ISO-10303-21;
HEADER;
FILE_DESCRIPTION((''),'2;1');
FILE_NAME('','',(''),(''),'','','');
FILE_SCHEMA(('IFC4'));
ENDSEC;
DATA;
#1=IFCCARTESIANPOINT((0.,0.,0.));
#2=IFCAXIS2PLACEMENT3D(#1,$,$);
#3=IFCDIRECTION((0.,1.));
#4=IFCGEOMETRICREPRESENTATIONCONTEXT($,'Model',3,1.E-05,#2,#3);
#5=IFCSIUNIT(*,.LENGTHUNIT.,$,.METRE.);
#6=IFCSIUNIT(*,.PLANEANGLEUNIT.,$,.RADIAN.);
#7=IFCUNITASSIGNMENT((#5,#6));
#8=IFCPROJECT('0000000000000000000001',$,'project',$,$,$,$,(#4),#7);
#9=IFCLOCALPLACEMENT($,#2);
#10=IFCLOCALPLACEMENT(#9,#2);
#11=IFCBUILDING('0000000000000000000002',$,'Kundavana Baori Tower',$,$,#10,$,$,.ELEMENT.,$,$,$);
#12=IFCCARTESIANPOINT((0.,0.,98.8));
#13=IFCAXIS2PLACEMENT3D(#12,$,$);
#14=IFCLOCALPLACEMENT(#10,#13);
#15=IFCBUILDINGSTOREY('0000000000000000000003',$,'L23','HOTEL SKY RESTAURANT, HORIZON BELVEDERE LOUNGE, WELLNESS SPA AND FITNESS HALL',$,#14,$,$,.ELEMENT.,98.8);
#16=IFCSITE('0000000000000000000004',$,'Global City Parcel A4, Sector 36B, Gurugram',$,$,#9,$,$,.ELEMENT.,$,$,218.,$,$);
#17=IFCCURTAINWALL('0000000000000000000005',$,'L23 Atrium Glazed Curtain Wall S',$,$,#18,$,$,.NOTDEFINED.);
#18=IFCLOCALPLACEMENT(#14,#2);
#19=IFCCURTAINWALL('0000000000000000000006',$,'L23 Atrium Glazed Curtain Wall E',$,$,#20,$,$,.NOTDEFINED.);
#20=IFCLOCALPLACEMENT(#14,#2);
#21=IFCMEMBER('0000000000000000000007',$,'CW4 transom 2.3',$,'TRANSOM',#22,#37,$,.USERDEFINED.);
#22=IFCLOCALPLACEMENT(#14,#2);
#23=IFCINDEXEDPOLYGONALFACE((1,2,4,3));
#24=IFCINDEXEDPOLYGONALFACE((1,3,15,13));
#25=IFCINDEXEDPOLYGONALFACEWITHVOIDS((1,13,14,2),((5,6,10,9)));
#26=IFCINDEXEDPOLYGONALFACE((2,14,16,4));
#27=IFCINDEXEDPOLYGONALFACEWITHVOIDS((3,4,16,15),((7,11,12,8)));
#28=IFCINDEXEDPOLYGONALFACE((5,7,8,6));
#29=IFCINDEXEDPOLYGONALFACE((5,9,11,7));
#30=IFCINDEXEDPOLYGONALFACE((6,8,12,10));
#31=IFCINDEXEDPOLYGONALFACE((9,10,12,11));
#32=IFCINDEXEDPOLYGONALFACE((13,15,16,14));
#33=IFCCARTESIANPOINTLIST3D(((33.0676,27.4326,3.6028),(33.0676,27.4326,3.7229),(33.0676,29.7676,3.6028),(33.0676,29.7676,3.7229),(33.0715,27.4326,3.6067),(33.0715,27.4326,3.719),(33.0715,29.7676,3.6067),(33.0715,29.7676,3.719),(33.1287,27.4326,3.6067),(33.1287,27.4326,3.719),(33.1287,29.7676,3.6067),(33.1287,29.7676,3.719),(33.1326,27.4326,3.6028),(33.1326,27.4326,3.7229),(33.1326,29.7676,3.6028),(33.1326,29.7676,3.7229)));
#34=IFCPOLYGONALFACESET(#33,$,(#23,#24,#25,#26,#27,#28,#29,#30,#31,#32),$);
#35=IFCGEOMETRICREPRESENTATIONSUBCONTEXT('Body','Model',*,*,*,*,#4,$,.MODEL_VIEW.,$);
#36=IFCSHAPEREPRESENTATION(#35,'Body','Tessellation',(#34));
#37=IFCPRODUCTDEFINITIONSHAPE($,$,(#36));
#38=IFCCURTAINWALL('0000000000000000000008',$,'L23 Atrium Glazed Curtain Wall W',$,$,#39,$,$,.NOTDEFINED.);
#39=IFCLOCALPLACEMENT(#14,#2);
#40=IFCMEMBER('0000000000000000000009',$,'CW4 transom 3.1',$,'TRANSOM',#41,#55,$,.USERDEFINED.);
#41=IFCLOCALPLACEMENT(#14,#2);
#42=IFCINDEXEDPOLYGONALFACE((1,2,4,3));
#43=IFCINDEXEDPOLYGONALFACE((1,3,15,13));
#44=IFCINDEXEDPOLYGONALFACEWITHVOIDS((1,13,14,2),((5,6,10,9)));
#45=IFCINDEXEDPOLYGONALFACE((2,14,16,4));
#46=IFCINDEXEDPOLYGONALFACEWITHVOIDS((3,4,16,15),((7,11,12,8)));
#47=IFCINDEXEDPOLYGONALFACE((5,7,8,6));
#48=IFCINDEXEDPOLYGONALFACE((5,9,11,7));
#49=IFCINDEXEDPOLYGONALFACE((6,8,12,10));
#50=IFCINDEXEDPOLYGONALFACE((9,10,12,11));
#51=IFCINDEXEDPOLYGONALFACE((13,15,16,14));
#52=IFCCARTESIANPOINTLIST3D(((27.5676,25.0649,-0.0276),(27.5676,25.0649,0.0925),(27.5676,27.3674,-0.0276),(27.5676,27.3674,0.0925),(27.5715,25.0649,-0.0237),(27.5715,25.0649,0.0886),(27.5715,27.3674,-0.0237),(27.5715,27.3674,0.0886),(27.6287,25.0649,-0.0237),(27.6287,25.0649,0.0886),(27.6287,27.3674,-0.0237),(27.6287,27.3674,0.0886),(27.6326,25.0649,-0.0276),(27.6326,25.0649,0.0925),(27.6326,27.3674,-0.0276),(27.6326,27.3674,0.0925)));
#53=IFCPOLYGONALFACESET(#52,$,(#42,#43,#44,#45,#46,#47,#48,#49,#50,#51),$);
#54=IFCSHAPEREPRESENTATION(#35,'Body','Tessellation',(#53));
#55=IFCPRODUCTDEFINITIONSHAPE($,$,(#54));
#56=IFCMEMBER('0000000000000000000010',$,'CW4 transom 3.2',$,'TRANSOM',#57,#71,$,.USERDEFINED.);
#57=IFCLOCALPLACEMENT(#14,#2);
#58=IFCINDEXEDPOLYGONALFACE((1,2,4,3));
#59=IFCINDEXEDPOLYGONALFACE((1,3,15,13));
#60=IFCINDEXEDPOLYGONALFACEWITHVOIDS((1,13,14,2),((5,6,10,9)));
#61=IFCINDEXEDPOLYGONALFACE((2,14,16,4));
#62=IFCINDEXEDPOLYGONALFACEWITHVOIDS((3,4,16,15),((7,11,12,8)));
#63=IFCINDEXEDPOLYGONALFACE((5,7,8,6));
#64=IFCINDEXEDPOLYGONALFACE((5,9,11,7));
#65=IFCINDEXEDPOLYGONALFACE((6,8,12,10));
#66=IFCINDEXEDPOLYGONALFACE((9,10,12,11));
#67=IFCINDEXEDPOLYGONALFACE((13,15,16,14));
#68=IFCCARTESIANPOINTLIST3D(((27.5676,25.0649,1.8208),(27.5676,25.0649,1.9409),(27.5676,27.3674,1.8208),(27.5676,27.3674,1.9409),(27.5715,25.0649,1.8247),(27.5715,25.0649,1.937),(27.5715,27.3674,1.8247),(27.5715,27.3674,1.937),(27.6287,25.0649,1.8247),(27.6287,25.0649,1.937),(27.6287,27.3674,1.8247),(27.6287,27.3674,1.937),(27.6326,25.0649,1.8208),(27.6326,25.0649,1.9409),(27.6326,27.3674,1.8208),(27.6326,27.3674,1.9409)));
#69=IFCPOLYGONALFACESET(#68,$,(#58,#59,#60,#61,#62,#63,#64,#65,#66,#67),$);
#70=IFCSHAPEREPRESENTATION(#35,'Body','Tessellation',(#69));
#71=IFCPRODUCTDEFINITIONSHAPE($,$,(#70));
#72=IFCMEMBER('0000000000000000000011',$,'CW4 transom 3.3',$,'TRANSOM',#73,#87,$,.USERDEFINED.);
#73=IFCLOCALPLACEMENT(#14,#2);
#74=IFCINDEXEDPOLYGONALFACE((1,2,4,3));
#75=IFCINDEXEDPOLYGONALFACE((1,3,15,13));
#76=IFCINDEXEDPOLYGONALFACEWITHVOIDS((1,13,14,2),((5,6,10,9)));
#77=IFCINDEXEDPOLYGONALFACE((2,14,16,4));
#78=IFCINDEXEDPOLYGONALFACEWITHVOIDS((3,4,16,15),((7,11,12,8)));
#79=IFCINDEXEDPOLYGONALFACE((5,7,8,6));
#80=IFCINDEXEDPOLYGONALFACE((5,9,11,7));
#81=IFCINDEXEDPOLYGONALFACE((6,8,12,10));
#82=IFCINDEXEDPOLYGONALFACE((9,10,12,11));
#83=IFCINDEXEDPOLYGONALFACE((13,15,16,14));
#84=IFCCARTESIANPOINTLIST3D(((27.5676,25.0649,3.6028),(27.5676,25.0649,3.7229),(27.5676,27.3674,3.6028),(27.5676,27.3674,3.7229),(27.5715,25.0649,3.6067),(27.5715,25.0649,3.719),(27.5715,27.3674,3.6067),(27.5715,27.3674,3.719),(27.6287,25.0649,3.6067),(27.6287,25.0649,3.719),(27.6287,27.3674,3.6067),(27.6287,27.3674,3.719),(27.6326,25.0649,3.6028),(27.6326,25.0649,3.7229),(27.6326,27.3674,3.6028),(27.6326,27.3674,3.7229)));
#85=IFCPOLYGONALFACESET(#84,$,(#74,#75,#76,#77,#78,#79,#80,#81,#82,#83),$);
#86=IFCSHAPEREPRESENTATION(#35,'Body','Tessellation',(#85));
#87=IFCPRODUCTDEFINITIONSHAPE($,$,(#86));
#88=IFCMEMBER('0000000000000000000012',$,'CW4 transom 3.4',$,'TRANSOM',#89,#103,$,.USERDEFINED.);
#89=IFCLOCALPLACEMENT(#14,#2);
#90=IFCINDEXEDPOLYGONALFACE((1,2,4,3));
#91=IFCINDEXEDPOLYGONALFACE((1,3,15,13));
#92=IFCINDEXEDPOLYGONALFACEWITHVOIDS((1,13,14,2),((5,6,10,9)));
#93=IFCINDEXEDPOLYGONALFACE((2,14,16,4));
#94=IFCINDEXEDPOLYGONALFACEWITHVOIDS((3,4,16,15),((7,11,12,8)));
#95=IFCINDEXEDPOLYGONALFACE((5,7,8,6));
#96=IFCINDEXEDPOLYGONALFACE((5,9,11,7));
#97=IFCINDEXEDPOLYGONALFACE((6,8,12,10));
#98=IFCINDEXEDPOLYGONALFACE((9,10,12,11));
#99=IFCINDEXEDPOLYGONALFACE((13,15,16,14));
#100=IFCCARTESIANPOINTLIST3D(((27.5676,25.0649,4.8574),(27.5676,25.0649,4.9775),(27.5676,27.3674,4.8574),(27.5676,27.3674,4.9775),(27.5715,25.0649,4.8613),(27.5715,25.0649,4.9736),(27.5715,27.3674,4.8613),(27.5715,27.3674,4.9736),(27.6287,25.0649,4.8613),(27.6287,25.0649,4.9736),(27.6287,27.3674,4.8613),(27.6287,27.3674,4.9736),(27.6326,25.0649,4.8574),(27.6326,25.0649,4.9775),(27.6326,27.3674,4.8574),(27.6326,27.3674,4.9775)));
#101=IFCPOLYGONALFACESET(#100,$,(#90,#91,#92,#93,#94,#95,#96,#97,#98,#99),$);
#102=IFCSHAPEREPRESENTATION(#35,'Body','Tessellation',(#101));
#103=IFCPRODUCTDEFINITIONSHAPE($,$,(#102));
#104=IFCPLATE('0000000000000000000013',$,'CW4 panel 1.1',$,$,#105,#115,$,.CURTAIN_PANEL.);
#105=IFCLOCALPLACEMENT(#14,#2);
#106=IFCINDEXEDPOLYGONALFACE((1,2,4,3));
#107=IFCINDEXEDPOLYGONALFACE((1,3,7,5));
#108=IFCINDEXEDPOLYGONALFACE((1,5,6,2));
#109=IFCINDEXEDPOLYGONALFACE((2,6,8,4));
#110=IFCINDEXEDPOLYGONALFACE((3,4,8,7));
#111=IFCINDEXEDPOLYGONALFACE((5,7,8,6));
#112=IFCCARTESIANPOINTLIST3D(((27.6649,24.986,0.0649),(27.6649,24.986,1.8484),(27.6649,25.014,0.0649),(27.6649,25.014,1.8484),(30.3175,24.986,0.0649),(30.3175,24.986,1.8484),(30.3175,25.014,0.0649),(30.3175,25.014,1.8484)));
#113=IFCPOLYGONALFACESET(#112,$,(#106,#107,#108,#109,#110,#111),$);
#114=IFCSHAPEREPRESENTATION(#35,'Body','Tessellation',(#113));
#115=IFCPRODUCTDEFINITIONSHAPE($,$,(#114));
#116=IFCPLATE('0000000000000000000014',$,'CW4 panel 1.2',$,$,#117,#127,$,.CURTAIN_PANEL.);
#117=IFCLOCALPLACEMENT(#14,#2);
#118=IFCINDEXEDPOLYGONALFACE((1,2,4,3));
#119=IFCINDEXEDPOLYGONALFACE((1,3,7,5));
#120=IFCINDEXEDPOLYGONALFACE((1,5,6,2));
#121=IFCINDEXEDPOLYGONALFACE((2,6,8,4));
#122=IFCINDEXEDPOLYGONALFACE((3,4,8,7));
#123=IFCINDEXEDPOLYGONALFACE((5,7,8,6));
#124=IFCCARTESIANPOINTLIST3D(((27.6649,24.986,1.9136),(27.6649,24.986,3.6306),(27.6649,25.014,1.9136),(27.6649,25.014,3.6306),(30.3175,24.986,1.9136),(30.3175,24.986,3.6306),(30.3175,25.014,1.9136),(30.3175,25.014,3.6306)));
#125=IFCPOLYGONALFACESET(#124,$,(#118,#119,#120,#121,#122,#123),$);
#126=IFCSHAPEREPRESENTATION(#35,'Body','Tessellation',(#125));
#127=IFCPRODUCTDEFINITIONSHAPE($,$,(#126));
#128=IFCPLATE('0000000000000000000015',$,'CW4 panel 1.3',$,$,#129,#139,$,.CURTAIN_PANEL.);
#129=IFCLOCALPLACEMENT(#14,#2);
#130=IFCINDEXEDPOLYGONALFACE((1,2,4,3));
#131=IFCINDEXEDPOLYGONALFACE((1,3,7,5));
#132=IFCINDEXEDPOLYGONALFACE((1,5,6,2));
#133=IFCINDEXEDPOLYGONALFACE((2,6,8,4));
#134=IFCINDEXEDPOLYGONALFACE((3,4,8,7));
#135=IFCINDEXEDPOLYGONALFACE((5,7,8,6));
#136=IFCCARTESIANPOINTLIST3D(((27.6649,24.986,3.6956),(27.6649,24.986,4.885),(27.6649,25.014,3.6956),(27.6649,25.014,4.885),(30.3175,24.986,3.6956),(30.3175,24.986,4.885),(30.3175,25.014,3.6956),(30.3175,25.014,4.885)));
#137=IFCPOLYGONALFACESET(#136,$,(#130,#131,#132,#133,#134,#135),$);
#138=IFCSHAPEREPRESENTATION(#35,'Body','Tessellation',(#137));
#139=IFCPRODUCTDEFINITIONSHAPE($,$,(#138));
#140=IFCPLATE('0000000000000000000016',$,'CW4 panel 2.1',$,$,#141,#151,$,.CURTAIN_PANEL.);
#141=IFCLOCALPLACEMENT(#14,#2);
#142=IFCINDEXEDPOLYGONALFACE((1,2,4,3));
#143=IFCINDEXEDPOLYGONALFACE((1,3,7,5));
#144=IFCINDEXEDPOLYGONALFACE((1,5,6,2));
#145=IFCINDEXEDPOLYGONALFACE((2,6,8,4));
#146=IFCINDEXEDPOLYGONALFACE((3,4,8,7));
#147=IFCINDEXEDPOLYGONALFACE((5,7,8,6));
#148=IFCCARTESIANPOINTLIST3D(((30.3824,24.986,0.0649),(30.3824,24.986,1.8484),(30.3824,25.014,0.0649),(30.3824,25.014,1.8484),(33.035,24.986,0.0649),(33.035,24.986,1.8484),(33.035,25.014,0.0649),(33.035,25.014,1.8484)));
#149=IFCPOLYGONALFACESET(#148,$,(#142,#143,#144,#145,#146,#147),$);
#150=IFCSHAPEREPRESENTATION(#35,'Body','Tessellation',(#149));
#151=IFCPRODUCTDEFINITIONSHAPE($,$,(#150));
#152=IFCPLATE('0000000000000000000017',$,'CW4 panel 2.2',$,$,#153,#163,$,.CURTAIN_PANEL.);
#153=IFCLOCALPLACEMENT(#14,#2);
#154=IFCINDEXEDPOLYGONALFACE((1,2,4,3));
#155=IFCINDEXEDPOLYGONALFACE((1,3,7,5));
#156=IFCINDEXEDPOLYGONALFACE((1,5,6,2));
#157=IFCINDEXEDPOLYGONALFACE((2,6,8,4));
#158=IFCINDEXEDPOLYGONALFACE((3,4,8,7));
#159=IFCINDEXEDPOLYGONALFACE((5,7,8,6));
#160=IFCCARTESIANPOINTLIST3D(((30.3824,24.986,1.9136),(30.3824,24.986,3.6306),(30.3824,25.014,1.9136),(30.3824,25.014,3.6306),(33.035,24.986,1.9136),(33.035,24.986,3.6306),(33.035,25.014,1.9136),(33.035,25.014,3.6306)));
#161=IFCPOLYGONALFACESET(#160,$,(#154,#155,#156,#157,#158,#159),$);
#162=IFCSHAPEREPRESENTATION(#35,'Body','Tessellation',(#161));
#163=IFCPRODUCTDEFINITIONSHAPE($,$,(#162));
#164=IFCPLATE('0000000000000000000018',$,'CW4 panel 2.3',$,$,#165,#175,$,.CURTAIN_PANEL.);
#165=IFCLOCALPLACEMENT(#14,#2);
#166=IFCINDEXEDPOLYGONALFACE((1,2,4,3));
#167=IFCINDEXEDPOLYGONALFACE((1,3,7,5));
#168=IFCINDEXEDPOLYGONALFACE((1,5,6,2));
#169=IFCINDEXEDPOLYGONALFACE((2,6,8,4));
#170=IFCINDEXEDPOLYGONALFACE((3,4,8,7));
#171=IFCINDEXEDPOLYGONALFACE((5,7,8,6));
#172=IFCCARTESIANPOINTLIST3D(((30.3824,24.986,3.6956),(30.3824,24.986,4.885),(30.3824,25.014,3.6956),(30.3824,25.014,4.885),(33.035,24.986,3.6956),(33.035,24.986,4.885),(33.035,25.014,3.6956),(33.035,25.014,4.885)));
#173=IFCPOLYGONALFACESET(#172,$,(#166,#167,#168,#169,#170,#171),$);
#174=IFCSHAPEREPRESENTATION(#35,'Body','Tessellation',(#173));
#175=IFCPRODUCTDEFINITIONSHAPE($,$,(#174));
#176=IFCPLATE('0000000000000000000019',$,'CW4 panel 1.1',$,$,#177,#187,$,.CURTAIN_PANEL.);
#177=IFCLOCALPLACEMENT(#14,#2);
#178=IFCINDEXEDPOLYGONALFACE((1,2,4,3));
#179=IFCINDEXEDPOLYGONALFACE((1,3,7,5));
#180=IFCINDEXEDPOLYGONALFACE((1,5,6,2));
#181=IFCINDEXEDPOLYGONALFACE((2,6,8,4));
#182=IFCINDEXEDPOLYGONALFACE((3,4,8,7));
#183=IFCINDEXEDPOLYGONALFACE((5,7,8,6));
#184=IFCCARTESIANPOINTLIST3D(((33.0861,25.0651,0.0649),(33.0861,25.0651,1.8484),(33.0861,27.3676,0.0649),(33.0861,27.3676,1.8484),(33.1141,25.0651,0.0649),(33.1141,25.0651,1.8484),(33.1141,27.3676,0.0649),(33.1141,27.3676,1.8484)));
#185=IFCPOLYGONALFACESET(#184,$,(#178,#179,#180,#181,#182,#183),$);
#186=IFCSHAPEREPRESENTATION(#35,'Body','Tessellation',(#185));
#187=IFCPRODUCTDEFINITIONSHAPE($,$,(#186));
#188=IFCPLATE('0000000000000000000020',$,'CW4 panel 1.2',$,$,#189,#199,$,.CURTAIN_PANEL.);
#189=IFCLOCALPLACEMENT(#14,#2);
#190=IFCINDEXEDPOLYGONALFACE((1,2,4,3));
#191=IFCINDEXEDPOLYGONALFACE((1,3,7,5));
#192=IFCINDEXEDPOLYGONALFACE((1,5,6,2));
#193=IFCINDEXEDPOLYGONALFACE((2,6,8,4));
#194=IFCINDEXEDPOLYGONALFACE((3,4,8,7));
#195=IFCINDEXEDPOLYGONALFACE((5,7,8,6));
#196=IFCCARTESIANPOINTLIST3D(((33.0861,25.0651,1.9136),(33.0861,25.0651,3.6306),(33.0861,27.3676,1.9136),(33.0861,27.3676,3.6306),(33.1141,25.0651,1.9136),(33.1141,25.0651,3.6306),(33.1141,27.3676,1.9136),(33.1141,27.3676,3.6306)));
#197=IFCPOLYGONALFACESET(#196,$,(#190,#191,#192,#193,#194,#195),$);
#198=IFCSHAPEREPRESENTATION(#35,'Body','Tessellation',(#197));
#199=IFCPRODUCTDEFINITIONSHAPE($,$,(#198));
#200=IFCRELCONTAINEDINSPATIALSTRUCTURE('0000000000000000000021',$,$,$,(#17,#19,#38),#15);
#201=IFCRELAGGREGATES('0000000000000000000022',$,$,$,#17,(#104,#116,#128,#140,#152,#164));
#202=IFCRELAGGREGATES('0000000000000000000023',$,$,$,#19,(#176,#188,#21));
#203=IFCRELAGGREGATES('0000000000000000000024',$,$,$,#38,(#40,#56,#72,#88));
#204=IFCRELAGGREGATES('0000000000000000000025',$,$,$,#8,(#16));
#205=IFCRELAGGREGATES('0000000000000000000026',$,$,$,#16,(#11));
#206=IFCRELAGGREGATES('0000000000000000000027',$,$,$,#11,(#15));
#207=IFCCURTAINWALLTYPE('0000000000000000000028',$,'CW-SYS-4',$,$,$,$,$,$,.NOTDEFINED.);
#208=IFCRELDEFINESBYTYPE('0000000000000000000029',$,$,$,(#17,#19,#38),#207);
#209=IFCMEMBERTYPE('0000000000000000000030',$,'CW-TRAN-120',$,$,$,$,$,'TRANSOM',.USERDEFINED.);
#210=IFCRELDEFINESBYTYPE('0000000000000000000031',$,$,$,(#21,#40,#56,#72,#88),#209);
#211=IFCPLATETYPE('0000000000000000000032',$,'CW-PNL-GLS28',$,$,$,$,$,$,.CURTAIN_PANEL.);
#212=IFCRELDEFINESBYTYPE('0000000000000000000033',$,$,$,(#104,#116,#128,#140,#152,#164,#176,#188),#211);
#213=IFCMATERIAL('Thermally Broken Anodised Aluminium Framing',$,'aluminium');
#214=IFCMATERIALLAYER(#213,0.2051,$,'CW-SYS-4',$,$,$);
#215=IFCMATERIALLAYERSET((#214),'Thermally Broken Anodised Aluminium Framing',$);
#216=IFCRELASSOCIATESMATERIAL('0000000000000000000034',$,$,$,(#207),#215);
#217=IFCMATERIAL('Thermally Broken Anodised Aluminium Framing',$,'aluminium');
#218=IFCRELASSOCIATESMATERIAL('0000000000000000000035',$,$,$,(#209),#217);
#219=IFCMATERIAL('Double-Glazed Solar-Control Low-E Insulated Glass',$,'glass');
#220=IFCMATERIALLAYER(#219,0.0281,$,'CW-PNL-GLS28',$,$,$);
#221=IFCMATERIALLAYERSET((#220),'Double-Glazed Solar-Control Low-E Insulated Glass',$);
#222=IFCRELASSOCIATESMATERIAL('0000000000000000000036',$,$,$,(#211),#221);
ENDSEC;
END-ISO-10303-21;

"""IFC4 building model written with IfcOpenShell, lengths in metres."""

from ifc_helpers import new_model, si_unit, direction, frame, origin, origin_2d, place, context, subcontext, project, spatial, rectangle, hollow_rectangle, extrude, material, layer, layer_set, material_profile, profile_set, type_object, element, aggregate, save


model = new_model("IFC4")

# Units and contexts
model_context = context("Model", 3, precision=1e-05, world=origin(), true_north=direction((0.0, 1.0)))
body_context = subcontext(model_context, "Body", "Model", "MODEL_VIEW")
ifc_project = project(units=[si_unit("LENGTHUNIT", "METRE"), si_unit("PLANEANGLEUNIT", "RADIAN")], contexts=[model_context])

# Site, building, storey
site_placement = place(None, origin())
site = spatial("IfcSite", under=ifc_project, at=site_placement, Name="Global City Parcel A4, Sector 36B, Gurugram", CompositionType="ELEMENT", RefElevation=218.0)
building_placement = place(site_placement, origin())
building = spatial("IfcBuilding", under=site, at=building_placement, Name="Kundavana Baori Tower", CompositionType="ELEMENT")
storey_placement = place(building_placement, frame((0.0, 0.0, 98.8)))
storey = spatial("IfcBuildingStorey", under=building, at=storey_placement, Name="L23", Description="HOTEL SKY RESTAURANT, HORIZON BELVEDERE LOUNGE, WELLNESS SPA AND FITNESS HALL", CompositionType="ELEMENT", Elevation=98.8)

# Curtain walls
ifc_material_1 = material(Name="Thermally Broken Anodised Aluminium Framing", Category="aluminium")
ifc_layer_1 = layer(ifc_material_1, 0.2051, Name="CW-SYS-4")
ifc_layer_set_1 = layer_set([ifc_layer_1], Name="Thermally Broken Anodised Aluminium Framing")
curtain_wall_type = type_object("IfcCurtainWallType", Name="CW-SYS-4", PredefinedType="NOTDEFINED", material=ifc_layer_set_1)
curtain_wall_1_placement = place(storey_placement, origin())
curtain_wall_1 = element("IfcCurtainWall", 1, at=curtain_wall_1_placement, inside=storey, type_object=curtain_wall_type, Name="L23 Atrium Glazed Curtain Wall S", PredefinedType="NOTDEFINED")
curtain_wall_2_placement = place(storey_placement, origin())
curtain_wall_2 = element("IfcCurtainWall", 2, at=curtain_wall_2_placement, inside=storey, type_object=curtain_wall_type, Name="L23 Atrium Glazed Curtain Wall E", PredefinedType="NOTDEFINED")

# Member
ifc_material_2 = material(Name="Thermally Broken Anodised Aluminium Framing", Category="aluminium")
ifc_material_profile_1 = material_profile(ifc_material_2, hollow_rectangle(XDim=0.0649, YDim=0.1201, WallThickness=0.0039, at=origin_2d()), Name="CW-TRAN-120")
ifc_profile_set_1 = profile_set([ifc_material_profile_1], Name="Thermally Broken Anodised Aluminium Framing")
member_type_1 = type_object("IfcMemberType", Name="CW-TRAN-120", ElementType="TRANSOM", PredefinedType="USERDEFINED", material=ifc_profile_set_1)
member_1_placement = place(storey_placement, frame((33.1001, 27.4326, 3.6628), z_axis=(0.0, 1.0, 0.0), x_axis=(-1.0, 0.0, 0.0)))
member_1 = element("IfcMember", 3, at=member_1_placement, type_object=member_type_1, Name="CW4 transom 2.3", ObjectType="TRANSOM", PredefinedType="USERDEFINED", context=body_context, shape_type="SweptSolid", body=[
    extrude(hollow_rectangle(XDim=0.0649, YDim=0.1201, WallThickness=0.0039, at=origin_2d()), origin(), (0.0, 0.0, 1.0), 2.335),
])

# Curtain wall, members
curtain_wall_3_placement = place(storey_placement, origin())
curtain_wall_3 = element("IfcCurtainWall", 4, at=curtain_wall_3_placement, inside=storey, type_object=curtain_wall_type, Name="L23 Atrium Glazed Curtain Wall W", PredefinedType="NOTDEFINED")
member_2_placement = place(storey_placement, frame((27.6001, 27.3674, 0.0325), z_axis=(0.0, -1.0, 0.0), x_axis=(1.0, 0.0, 0.0)))
member_2 = element("IfcMember", 5, at=member_2_placement, type_object=member_type_1, Name="CW4 transom 3.1", ObjectType="TRANSOM", PredefinedType="USERDEFINED", context=body_context, shape_type="SweptSolid", body=[
    extrude(hollow_rectangle(XDim=0.0649, YDim=0.1201, WallThickness=0.0039, at=origin_2d()), origin(), (0.0, 0.0, 1.0), 2.3025),
])
member_3_placement = place(storey_placement, frame((27.6001, 27.3674, 1.8809), z_axis=(0.0, -1.0, 0.0), x_axis=(1.0, 0.0, 0.0)))
member_3 = element("IfcMember", 6, at=member_3_placement, type_object=member_type_1, Name="CW4 transom 3.2", ObjectType="TRANSOM", PredefinedType="USERDEFINED", context=body_context, shape_type="SweptSolid", body=[
    extrude(hollow_rectangle(XDim=0.0649, YDim=0.1201, WallThickness=0.0039, at=origin_2d()), origin(), (0.0, 0.0, 1.0), 2.3025),
])
member_4_placement = place(storey_placement, frame((27.6001, 27.3674, 3.6628), z_axis=(0.0, -1.0, 0.0), x_axis=(1.0, 0.0, 0.0)))
member_4 = element("IfcMember", 7, at=member_4_placement, type_object=member_type_1, Name="CW4 transom 3.3", ObjectType="TRANSOM", PredefinedType="USERDEFINED", context=body_context, shape_type="SweptSolid", body=[
    extrude(hollow_rectangle(XDim=0.0649, YDim=0.1201, WallThickness=0.0039, at=origin_2d()), origin(), (0.0, 0.0, 1.0), 2.3025),
])
member_5_placement = place(storey_placement, frame((27.6001, 27.3674, 4.9175), z_axis=(0.0, -1.0, 0.0), x_axis=(1.0, 0.0, 0.0)))
member_5 = element("IfcMember", 8, at=member_5_placement, type_object=member_type_1, Name="CW4 transom 3.4", ObjectType="TRANSOM", PredefinedType="USERDEFINED", context=body_context, shape_type="SweptSolid", body=[
    extrude(hollow_rectangle(XDim=0.0649, YDim=0.1201, WallThickness=0.0039, at=origin_2d()), origin(), (0.0, 0.0, 1.0), 2.3025),
])

# Plates
ifc_material_3 = material(Name="Double-Glazed Solar-Control Low-E Insulated Glass", Category="glass")
ifc_layer_2 = layer(ifc_material_3, 0.0281, Name="CW-PNL-GLS28")
ifc_layer_set_2 = layer_set([ifc_layer_2], Name="Double-Glazed Solar-Control Low-E Insulated Glass")
plate_type = type_object("IfcPlateType", Name="CW-PNL-GLS28", PredefinedType="CURTAIN_PANEL", material=ifc_layer_set_2)
plate_1_placement = place(storey_placement, frame((28.9912, 25.0, 0.0649), z_axis=(0.0, 0.0, 1.0), x_axis=(1.0, 0.0, 0.0)))
plate_1 = element("IfcPlate", 9, at=plate_1_placement, type_object=plate_type, Name="CW4 panel 1.1", PredefinedType="CURTAIN_PANEL", context=body_context, shape_type="SweptSolid", body=[
    extrude(rectangle(XDim=2.6526, YDim=0.0281, at=origin_2d()), origin(), (0.0, 0.0, 1.0), 1.7834),
])
plate_2_placement = place(storey_placement, frame((28.9912, 25.0, 1.9136), z_axis=(0.0, 0.0, 1.0), x_axis=(1.0, 0.0, 0.0)))
plate_2 = element("IfcPlate", 10, at=plate_2_placement, type_object=plate_type, Name="CW4 panel 1.2", PredefinedType="CURTAIN_PANEL", context=body_context, shape_type="SweptSolid", body=[
    extrude(rectangle(XDim=2.6526, YDim=0.0281, at=origin_2d()), origin(), (0.0, 0.0, 1.0), 1.717),
])
plate_3_placement = place(storey_placement, frame((28.9912, 25.0, 3.6956), z_axis=(0.0, 0.0, 1.0), x_axis=(1.0, 0.0, 0.0)))
plate_3 = element("IfcPlate", 11, at=plate_3_placement, type_object=plate_type, Name="CW4 panel 1.3", PredefinedType="CURTAIN_PANEL", context=body_context, shape_type="SweptSolid", body=[
    extrude(rectangle(XDim=2.6526, YDim=0.0281, at=origin_2d()), origin(), (0.0, 0.0, 1.0), 1.1895),
])
plate_4_placement = place(storey_placement, frame((31.7087, 25.0, 0.0649), z_axis=(0.0, 0.0, 1.0), x_axis=(1.0, 0.0, 0.0)))
plate_4 = element("IfcPlate", 12, at=plate_4_placement, type_object=plate_type, Name="CW4 panel 2.1", PredefinedType="CURTAIN_PANEL", context=body_context, shape_type="SweptSolid", body=[
    extrude(rectangle(XDim=2.6526, YDim=0.0281, at=origin_2d()), origin(), (0.0, 0.0, 1.0), 1.7834),
])
plate_5_placement = place(storey_placement, frame((31.7087, 25.0, 1.9136), z_axis=(0.0, 0.0, 1.0), x_axis=(1.0, 0.0, 0.0)))
plate_5 = element("IfcPlate", 13, at=plate_5_placement, type_object=plate_type, Name="CW4 panel 2.2", PredefinedType="CURTAIN_PANEL", context=body_context, shape_type="SweptSolid", body=[
    extrude(rectangle(XDim=2.6526, YDim=0.0281, at=origin_2d()), origin(), (0.0, 0.0, 1.0), 1.717),
])
plate_6_placement = place(storey_placement, frame((31.7087, 25.0, 3.6956), z_axis=(0.0, 0.0, 1.0), x_axis=(1.0, 0.0, 0.0)))
plate_6 = element("IfcPlate", 14, at=plate_6_placement, type_object=plate_type, Name="CW4 panel 2.3", PredefinedType="CURTAIN_PANEL", context=body_context, shape_type="SweptSolid", body=[
    extrude(rectangle(XDim=2.6526, YDim=0.0281, at=origin_2d()), origin(), (0.0, 0.0, 1.0), 1.1895),
])
aggregate(curtain_wall_1, [plate_1, plate_2, plate_3, plate_4, plate_5, plate_6])
plate_7_placement = place(storey_placement, frame((33.1001, 26.2163, 0.0649), z_axis=(0.0, 0.0, 1.0), x_axis=(0.0, 1.0, 0.0)))
plate_7 = element("IfcPlate", 15, at=plate_7_placement, type_object=plate_type, Name="CW4 panel 1.1", PredefinedType="CURTAIN_PANEL", context=body_context, shape_type="SweptSolid", body=[
    extrude(rectangle(XDim=2.3025, YDim=0.0281, at=origin_2d()), origin(), (0.0, 0.0, 1.0), 1.7834),
])
plate_8_placement = place(storey_placement, frame((33.1001, 26.2163, 1.9136), z_axis=(0.0, 0.0, 1.0), x_axis=(0.0, 1.0, 0.0)))
plate_8 = element("IfcPlate", 16, at=plate_8_placement, type_object=plate_type, Name="CW4 panel 1.2", PredefinedType="CURTAIN_PANEL", context=body_context, shape_type="SweptSolid", body=[
    extrude(rectangle(XDim=2.3025, YDim=0.0281, at=origin_2d()), origin(), (0.0, 0.0, 1.0), 1.717),
])
aggregate(curtain_wall_2, [plate_7, plate_8, member_1])
aggregate(curtain_wall_3, [member_2, member_3, member_4, member_5])

save(model, "model.ifc")
